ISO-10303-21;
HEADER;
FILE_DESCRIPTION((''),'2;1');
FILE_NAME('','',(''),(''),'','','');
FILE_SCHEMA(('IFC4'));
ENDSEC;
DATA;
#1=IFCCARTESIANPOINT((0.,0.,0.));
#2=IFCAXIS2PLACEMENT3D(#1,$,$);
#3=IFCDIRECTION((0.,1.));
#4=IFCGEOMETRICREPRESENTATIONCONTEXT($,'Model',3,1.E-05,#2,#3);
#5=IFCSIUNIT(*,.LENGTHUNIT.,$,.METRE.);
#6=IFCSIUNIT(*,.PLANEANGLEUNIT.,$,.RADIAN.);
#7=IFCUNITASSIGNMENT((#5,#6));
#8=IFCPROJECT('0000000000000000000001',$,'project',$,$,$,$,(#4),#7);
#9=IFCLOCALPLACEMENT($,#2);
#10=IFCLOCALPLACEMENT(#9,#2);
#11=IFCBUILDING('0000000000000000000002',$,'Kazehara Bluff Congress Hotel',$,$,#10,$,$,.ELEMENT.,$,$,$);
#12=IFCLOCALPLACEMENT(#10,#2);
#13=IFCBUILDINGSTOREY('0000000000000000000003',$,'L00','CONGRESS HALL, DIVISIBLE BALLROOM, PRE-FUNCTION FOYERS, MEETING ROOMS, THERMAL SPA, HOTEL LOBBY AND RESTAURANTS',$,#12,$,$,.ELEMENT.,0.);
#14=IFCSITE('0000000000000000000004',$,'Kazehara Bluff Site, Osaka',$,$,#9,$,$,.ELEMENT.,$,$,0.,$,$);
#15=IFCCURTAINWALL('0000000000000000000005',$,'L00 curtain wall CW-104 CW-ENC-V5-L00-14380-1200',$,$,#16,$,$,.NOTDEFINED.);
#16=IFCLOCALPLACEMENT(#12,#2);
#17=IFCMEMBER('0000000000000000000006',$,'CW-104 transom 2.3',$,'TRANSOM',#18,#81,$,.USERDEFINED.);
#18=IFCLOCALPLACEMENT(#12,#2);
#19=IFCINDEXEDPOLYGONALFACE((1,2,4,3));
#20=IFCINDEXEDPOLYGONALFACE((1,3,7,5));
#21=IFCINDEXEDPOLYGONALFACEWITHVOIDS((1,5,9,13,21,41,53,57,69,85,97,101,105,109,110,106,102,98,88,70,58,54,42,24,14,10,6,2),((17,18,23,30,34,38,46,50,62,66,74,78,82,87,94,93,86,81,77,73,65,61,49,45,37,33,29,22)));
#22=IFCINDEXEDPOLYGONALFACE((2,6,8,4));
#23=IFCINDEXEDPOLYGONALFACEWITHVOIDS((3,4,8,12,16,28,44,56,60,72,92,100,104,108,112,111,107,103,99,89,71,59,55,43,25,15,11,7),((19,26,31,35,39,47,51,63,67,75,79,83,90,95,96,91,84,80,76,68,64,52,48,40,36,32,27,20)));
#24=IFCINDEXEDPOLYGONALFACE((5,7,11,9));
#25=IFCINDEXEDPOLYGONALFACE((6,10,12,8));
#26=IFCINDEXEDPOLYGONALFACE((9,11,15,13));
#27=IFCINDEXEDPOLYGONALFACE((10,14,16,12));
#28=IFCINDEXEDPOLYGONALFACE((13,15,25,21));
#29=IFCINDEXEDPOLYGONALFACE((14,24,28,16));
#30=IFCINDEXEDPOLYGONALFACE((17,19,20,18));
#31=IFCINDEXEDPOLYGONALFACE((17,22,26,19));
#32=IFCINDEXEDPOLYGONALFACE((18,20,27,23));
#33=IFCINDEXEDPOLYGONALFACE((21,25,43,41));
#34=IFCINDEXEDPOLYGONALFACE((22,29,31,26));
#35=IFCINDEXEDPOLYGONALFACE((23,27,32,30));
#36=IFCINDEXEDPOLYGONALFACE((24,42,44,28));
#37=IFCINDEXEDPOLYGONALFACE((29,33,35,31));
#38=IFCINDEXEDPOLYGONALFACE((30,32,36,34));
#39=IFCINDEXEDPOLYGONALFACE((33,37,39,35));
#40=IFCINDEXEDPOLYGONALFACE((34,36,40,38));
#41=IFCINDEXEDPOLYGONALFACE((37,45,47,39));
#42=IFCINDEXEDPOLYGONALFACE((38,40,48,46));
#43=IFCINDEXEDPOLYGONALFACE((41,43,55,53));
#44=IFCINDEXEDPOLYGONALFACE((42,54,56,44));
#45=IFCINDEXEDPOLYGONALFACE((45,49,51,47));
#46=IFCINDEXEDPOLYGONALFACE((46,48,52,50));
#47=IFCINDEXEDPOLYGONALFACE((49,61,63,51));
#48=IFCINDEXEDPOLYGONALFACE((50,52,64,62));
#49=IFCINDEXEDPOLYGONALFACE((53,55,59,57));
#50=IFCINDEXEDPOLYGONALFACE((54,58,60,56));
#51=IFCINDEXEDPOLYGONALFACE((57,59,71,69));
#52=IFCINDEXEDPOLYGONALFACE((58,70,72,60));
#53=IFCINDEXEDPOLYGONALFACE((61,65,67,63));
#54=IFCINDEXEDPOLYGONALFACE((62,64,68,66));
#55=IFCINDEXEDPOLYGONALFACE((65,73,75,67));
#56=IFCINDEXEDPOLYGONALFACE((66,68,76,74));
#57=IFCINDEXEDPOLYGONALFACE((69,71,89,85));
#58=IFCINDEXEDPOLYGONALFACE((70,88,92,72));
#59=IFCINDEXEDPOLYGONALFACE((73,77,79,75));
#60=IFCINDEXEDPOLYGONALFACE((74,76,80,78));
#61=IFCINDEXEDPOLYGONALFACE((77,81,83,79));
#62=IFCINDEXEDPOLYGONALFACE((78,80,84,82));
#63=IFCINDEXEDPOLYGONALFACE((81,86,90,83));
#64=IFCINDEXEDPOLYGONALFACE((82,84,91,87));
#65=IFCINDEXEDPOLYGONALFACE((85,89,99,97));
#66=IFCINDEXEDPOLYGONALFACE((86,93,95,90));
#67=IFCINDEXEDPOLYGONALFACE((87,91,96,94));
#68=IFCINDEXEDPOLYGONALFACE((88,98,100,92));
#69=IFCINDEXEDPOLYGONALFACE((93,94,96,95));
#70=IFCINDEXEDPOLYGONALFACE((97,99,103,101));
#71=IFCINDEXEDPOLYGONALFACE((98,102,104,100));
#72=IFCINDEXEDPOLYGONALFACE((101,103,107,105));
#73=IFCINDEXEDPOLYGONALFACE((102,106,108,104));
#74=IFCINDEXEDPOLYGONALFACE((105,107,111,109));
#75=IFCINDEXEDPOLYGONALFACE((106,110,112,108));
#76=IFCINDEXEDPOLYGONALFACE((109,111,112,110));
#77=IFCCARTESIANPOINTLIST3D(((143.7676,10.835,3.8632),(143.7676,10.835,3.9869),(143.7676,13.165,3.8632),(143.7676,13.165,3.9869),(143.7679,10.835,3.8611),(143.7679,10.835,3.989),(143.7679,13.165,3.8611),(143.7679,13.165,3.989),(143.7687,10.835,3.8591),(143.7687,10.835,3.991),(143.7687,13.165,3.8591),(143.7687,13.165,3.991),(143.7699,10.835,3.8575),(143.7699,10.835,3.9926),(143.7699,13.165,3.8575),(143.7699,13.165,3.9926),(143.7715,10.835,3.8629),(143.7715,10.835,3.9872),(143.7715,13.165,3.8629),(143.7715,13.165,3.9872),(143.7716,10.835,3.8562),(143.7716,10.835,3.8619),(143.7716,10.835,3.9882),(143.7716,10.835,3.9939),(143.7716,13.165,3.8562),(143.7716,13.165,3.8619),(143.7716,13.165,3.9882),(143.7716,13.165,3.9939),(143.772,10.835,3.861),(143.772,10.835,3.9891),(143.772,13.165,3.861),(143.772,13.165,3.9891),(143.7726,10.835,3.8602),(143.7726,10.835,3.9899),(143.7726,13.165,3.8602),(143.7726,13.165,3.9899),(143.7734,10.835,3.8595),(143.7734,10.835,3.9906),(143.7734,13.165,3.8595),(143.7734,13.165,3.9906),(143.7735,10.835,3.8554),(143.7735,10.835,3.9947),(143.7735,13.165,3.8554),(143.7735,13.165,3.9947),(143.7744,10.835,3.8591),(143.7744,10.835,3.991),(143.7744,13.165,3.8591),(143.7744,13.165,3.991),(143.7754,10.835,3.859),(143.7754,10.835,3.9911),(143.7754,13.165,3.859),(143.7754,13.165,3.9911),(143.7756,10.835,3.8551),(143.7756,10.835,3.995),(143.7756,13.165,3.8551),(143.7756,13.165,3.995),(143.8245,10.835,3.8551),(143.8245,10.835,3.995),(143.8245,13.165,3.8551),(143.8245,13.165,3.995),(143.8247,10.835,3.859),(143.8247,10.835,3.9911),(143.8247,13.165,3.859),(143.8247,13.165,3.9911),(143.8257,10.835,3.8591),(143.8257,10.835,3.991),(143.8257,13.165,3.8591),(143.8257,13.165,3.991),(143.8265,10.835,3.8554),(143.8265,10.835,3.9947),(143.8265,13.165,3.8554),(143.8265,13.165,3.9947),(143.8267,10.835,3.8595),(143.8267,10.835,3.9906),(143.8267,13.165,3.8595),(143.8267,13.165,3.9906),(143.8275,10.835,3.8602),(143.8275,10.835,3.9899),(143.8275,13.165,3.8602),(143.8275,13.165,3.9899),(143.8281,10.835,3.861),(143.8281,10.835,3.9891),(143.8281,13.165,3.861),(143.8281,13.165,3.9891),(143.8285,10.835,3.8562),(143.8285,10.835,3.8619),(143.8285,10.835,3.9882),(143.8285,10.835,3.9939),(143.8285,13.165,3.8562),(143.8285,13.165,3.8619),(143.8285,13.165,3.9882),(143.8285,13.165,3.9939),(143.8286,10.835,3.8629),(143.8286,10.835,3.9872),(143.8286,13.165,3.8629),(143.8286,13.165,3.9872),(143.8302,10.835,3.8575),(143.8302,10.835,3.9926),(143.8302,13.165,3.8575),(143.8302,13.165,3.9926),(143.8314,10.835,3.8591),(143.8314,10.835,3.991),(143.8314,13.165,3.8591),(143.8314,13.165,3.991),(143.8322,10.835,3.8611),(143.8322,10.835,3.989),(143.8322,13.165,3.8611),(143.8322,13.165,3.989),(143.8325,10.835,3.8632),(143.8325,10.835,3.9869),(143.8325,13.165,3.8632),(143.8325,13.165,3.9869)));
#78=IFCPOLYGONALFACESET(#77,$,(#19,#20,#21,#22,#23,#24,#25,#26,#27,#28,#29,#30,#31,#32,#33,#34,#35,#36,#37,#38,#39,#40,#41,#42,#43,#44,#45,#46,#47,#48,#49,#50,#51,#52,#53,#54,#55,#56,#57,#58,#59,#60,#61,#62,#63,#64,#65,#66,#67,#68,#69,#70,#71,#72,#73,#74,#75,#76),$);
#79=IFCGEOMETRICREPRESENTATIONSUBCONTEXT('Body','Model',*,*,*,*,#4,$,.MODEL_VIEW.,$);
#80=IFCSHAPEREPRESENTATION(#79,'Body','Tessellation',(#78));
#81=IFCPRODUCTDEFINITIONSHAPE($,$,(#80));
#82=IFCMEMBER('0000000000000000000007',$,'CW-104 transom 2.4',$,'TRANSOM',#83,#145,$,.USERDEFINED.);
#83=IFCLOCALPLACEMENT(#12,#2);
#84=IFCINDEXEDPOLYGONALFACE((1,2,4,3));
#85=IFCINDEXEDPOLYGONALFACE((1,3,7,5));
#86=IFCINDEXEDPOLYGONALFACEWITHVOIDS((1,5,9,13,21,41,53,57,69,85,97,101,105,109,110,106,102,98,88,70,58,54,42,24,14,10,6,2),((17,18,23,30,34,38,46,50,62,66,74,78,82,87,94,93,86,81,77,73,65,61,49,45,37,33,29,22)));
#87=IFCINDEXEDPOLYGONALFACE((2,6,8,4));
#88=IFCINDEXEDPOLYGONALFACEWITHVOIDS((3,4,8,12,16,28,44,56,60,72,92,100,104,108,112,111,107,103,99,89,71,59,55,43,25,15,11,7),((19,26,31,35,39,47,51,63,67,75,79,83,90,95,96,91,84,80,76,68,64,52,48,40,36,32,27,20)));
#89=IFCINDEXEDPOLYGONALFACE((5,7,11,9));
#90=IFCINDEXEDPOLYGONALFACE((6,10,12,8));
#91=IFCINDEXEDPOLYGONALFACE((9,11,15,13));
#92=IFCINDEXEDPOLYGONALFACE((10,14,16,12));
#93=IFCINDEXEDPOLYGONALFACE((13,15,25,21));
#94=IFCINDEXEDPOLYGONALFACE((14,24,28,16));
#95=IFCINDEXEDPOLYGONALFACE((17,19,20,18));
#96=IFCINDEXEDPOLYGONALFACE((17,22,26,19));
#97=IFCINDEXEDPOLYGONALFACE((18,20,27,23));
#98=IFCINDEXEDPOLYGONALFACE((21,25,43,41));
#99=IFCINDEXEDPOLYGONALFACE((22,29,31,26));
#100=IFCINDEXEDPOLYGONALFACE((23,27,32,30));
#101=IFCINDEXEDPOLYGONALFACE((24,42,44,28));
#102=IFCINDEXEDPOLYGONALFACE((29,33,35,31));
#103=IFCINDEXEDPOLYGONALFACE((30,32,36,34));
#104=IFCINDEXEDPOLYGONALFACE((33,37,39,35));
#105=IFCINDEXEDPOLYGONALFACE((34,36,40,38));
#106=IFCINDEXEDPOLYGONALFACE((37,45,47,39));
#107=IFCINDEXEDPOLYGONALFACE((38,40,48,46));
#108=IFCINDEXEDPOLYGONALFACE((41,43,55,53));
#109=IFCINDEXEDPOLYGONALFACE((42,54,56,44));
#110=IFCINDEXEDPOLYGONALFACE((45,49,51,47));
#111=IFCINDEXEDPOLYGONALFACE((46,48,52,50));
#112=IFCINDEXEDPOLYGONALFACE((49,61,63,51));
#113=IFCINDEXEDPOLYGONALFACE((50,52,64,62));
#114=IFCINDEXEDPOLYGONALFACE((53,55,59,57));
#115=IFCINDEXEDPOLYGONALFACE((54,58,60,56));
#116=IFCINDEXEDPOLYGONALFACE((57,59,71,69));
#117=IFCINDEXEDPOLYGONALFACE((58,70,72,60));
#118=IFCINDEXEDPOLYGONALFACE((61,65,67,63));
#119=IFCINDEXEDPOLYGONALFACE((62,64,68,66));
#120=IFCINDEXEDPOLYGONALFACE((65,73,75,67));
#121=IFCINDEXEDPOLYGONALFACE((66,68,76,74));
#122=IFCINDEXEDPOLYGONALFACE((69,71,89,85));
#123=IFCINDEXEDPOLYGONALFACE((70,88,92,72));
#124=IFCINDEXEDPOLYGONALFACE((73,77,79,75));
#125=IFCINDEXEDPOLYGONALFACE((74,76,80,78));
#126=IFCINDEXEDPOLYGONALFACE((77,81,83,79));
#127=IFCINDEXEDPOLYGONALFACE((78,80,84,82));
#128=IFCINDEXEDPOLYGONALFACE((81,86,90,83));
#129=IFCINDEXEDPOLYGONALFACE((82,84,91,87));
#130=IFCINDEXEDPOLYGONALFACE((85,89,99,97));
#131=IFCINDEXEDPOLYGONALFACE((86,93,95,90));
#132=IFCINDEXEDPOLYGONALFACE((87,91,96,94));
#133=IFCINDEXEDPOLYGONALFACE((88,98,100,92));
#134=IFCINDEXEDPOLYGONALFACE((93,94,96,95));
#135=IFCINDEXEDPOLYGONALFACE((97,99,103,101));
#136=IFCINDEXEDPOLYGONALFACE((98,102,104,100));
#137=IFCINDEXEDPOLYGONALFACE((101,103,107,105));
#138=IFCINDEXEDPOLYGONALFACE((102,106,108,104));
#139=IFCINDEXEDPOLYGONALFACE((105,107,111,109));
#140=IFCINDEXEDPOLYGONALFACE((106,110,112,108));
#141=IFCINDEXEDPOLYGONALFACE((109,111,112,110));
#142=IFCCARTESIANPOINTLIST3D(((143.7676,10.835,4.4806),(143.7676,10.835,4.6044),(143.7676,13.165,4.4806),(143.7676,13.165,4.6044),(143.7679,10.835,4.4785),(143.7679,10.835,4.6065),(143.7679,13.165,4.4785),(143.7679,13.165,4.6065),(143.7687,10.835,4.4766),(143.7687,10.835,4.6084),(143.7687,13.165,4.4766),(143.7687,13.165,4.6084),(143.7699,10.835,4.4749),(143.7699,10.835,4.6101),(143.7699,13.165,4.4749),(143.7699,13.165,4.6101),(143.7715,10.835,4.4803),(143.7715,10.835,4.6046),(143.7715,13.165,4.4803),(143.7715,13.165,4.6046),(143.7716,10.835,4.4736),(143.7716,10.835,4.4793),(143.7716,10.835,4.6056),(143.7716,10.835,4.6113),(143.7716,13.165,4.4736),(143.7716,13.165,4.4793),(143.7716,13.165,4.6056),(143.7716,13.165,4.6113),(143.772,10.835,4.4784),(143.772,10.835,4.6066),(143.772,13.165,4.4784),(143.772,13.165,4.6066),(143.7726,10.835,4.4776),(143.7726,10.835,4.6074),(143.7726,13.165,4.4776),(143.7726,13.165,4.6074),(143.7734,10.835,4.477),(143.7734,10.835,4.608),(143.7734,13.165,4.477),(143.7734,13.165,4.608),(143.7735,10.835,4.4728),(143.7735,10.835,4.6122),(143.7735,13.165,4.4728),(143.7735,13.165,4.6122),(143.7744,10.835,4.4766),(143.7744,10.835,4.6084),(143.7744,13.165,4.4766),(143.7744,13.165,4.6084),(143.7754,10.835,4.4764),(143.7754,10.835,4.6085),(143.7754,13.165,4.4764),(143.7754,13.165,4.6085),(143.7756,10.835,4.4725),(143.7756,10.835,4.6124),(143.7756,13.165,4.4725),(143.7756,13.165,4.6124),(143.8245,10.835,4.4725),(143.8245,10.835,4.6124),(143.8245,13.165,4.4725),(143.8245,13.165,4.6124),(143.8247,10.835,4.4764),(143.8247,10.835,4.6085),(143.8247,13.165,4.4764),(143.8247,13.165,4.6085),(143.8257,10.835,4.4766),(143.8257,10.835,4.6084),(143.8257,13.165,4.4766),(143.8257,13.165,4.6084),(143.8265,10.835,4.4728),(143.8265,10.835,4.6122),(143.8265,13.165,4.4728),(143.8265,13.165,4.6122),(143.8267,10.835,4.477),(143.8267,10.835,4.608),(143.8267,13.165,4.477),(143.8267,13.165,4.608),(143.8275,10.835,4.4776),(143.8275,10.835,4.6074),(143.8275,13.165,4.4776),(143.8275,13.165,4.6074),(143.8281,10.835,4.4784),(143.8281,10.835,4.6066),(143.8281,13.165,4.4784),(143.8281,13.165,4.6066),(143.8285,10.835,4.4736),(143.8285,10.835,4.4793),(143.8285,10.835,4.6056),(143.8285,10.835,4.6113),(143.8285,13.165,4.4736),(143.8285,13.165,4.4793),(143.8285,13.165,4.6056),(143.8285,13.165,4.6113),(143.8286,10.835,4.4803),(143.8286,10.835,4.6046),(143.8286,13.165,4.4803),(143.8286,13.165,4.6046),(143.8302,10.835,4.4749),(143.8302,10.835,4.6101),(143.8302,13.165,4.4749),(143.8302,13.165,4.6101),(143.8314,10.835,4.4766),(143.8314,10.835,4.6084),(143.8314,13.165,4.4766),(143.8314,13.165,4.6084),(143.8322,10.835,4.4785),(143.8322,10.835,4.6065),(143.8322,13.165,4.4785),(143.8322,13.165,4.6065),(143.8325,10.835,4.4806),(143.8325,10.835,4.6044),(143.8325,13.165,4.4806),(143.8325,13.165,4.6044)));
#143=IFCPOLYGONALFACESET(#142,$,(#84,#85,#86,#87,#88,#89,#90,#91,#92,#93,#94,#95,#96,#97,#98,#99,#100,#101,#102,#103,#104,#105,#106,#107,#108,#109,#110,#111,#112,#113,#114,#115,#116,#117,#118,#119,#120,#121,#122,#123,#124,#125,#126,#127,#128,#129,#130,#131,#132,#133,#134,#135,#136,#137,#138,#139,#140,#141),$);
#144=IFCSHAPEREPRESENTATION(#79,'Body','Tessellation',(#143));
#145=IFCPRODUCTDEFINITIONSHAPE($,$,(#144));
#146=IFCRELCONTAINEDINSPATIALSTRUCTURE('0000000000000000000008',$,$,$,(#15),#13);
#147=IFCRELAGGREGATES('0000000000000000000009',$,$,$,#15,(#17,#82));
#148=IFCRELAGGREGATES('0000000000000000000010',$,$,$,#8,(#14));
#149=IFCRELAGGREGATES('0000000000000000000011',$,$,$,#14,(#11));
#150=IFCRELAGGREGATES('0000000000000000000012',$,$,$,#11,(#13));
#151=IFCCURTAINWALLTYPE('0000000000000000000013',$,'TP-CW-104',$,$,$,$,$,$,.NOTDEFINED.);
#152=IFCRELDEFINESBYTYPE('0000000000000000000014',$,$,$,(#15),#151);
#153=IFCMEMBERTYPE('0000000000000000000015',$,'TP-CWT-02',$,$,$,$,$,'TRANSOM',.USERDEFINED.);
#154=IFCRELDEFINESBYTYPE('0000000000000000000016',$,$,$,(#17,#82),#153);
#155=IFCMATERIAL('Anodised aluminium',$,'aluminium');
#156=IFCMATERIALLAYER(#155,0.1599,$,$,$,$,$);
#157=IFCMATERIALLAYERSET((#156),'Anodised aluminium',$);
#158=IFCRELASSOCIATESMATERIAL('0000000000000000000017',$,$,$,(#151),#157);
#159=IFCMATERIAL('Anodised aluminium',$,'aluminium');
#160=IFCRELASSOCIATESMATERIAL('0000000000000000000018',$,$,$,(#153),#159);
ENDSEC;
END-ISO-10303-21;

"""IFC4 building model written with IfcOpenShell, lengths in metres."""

from ifc_helpers import new_model, si_unit, direction, frame, origin, origin_2d, place, context, subcontext, project, spatial, hollow_rectangle, extrude, material, layer, layer_set, material_profile, profile_set, type_object, element, aggregate, save


model = new_model("IFC4")

# Units and contexts
model_context = context("Model", 3, precision=1e-05, world=origin(), true_north=direction((0.0, 1.0)))
body_context = subcontext(model_context, "Body", "Model", "MODEL_VIEW")
ifc_project = project(units=[si_unit("LENGTHUNIT", "METRE"), si_unit("PLANEANGLEUNIT", "RADIAN")], contexts=[model_context])

# Site, building, storey
site_placement = place(None, origin())
site = spatial("IfcSite", under=ifc_project, at=site_placement, Name="Kazehara Bluff Site, Osaka", CompositionType="ELEMENT", RefElevation=0.0)
building_placement = place(site_placement, origin())
building = spatial("IfcBuilding", under=site, at=building_placement, Name="Kazehara Bluff Congress Hotel", CompositionType="ELEMENT")
storey_placement = place(building_placement, origin())
storey = spatial("IfcBuildingStorey", under=building, at=storey_placement, Name="L00", Description="CONGRESS HALL, DIVISIBLE BALLROOM, PRE-FUNCTION FOYERS, MEETING ROOMS, THERMAL SPA, HOTEL LOBBY AND RESTAURANTS", CompositionType="ELEMENT", Elevation=0.0)

# Curtain wall, members
ifc_material_1 = material(Name="Anodised aluminium", Category="aluminium")
ifc_layer_1 = layer(ifc_material_1, 0.1599)
ifc_layer_set_1 = layer_set([ifc_layer_1], Name="Anodised aluminium")
curtain_wall_type = type_object("IfcCurtainWallType", Name="TP-CW-104", PredefinedType="NOTDEFINED", material=ifc_layer_set_1)
curtain_wall_placement = place(storey_placement, origin())
curtain_wall = element("IfcCurtainWall", 1, at=curtain_wall_placement, inside=storey, type_object=curtain_wall_type, Name="L00 curtain wall CW-104 CW-ENC-V5-L00-14380-1200", PredefinedType="NOTDEFINED")
ifc_material_2 = material(Name="Anodised aluminium", Category="aluminium")
ifc_material_profile_1 = material_profile(ifc_material_2, hollow_rectangle(XDim=0.0649, YDim=0.1399, WallThickness=0.0039, InnerFilletRadius=0.0039, OuterFilletRadius=0.0081, at=origin_2d()))
ifc_profile_set_1 = profile_set([ifc_material_profile_1], Name="Anodised aluminium")
member_type_1 = type_object("IfcMemberType", Name="TP-CWT-02", ElementType="TRANSOM", PredefinedType="USERDEFINED", material=ifc_profile_set_1)
member_1_placement = place(storey_placement, frame((143.8, 10.835, 3.925), z_axis=(0.0, 1.0, 0.0), x_axis=(-1.0, 0.0, 0.0)))
member_1 = element("IfcMember", 2, at=member_1_placement, type_object=member_type_1, Name="CW-104 transom 2.3", ObjectType="TRANSOM", PredefinedType="USERDEFINED", context=body_context, shape_type="SweptSolid", body=[
    extrude(hollow_rectangle(XDim=0.0649, YDim=0.1399, WallThickness=0.0039, InnerFilletRadius=0.0039, OuterFilletRadius=0.0081, at=origin_2d()), origin(), (0.0, 0.0, 1.0), 2.3301),
])
member_2_placement = place(storey_placement, frame((143.8, 10.835, 4.5425), z_axis=(0.0, 1.0, 0.0), x_axis=(-1.0, 0.0, 0.0)))
member_2 = element("IfcMember", 3, at=member_2_placement, type_object=member_type_1, Name="CW-104 transom 2.4", ObjectType="TRANSOM", PredefinedType="USERDEFINED", context=body_context, shape_type="SweptSolid", body=[
    extrude(hollow_rectangle(XDim=0.0649, YDim=0.1399, WallThickness=0.0039, InnerFilletRadius=0.0039, OuterFilletRadius=0.0081, at=origin_2d()), origin(), (0.0, 0.0, 1.0), 2.3301),
])

aggregate(curtain_wall, [member_1, member_2])

save(model, "model.ifc")
